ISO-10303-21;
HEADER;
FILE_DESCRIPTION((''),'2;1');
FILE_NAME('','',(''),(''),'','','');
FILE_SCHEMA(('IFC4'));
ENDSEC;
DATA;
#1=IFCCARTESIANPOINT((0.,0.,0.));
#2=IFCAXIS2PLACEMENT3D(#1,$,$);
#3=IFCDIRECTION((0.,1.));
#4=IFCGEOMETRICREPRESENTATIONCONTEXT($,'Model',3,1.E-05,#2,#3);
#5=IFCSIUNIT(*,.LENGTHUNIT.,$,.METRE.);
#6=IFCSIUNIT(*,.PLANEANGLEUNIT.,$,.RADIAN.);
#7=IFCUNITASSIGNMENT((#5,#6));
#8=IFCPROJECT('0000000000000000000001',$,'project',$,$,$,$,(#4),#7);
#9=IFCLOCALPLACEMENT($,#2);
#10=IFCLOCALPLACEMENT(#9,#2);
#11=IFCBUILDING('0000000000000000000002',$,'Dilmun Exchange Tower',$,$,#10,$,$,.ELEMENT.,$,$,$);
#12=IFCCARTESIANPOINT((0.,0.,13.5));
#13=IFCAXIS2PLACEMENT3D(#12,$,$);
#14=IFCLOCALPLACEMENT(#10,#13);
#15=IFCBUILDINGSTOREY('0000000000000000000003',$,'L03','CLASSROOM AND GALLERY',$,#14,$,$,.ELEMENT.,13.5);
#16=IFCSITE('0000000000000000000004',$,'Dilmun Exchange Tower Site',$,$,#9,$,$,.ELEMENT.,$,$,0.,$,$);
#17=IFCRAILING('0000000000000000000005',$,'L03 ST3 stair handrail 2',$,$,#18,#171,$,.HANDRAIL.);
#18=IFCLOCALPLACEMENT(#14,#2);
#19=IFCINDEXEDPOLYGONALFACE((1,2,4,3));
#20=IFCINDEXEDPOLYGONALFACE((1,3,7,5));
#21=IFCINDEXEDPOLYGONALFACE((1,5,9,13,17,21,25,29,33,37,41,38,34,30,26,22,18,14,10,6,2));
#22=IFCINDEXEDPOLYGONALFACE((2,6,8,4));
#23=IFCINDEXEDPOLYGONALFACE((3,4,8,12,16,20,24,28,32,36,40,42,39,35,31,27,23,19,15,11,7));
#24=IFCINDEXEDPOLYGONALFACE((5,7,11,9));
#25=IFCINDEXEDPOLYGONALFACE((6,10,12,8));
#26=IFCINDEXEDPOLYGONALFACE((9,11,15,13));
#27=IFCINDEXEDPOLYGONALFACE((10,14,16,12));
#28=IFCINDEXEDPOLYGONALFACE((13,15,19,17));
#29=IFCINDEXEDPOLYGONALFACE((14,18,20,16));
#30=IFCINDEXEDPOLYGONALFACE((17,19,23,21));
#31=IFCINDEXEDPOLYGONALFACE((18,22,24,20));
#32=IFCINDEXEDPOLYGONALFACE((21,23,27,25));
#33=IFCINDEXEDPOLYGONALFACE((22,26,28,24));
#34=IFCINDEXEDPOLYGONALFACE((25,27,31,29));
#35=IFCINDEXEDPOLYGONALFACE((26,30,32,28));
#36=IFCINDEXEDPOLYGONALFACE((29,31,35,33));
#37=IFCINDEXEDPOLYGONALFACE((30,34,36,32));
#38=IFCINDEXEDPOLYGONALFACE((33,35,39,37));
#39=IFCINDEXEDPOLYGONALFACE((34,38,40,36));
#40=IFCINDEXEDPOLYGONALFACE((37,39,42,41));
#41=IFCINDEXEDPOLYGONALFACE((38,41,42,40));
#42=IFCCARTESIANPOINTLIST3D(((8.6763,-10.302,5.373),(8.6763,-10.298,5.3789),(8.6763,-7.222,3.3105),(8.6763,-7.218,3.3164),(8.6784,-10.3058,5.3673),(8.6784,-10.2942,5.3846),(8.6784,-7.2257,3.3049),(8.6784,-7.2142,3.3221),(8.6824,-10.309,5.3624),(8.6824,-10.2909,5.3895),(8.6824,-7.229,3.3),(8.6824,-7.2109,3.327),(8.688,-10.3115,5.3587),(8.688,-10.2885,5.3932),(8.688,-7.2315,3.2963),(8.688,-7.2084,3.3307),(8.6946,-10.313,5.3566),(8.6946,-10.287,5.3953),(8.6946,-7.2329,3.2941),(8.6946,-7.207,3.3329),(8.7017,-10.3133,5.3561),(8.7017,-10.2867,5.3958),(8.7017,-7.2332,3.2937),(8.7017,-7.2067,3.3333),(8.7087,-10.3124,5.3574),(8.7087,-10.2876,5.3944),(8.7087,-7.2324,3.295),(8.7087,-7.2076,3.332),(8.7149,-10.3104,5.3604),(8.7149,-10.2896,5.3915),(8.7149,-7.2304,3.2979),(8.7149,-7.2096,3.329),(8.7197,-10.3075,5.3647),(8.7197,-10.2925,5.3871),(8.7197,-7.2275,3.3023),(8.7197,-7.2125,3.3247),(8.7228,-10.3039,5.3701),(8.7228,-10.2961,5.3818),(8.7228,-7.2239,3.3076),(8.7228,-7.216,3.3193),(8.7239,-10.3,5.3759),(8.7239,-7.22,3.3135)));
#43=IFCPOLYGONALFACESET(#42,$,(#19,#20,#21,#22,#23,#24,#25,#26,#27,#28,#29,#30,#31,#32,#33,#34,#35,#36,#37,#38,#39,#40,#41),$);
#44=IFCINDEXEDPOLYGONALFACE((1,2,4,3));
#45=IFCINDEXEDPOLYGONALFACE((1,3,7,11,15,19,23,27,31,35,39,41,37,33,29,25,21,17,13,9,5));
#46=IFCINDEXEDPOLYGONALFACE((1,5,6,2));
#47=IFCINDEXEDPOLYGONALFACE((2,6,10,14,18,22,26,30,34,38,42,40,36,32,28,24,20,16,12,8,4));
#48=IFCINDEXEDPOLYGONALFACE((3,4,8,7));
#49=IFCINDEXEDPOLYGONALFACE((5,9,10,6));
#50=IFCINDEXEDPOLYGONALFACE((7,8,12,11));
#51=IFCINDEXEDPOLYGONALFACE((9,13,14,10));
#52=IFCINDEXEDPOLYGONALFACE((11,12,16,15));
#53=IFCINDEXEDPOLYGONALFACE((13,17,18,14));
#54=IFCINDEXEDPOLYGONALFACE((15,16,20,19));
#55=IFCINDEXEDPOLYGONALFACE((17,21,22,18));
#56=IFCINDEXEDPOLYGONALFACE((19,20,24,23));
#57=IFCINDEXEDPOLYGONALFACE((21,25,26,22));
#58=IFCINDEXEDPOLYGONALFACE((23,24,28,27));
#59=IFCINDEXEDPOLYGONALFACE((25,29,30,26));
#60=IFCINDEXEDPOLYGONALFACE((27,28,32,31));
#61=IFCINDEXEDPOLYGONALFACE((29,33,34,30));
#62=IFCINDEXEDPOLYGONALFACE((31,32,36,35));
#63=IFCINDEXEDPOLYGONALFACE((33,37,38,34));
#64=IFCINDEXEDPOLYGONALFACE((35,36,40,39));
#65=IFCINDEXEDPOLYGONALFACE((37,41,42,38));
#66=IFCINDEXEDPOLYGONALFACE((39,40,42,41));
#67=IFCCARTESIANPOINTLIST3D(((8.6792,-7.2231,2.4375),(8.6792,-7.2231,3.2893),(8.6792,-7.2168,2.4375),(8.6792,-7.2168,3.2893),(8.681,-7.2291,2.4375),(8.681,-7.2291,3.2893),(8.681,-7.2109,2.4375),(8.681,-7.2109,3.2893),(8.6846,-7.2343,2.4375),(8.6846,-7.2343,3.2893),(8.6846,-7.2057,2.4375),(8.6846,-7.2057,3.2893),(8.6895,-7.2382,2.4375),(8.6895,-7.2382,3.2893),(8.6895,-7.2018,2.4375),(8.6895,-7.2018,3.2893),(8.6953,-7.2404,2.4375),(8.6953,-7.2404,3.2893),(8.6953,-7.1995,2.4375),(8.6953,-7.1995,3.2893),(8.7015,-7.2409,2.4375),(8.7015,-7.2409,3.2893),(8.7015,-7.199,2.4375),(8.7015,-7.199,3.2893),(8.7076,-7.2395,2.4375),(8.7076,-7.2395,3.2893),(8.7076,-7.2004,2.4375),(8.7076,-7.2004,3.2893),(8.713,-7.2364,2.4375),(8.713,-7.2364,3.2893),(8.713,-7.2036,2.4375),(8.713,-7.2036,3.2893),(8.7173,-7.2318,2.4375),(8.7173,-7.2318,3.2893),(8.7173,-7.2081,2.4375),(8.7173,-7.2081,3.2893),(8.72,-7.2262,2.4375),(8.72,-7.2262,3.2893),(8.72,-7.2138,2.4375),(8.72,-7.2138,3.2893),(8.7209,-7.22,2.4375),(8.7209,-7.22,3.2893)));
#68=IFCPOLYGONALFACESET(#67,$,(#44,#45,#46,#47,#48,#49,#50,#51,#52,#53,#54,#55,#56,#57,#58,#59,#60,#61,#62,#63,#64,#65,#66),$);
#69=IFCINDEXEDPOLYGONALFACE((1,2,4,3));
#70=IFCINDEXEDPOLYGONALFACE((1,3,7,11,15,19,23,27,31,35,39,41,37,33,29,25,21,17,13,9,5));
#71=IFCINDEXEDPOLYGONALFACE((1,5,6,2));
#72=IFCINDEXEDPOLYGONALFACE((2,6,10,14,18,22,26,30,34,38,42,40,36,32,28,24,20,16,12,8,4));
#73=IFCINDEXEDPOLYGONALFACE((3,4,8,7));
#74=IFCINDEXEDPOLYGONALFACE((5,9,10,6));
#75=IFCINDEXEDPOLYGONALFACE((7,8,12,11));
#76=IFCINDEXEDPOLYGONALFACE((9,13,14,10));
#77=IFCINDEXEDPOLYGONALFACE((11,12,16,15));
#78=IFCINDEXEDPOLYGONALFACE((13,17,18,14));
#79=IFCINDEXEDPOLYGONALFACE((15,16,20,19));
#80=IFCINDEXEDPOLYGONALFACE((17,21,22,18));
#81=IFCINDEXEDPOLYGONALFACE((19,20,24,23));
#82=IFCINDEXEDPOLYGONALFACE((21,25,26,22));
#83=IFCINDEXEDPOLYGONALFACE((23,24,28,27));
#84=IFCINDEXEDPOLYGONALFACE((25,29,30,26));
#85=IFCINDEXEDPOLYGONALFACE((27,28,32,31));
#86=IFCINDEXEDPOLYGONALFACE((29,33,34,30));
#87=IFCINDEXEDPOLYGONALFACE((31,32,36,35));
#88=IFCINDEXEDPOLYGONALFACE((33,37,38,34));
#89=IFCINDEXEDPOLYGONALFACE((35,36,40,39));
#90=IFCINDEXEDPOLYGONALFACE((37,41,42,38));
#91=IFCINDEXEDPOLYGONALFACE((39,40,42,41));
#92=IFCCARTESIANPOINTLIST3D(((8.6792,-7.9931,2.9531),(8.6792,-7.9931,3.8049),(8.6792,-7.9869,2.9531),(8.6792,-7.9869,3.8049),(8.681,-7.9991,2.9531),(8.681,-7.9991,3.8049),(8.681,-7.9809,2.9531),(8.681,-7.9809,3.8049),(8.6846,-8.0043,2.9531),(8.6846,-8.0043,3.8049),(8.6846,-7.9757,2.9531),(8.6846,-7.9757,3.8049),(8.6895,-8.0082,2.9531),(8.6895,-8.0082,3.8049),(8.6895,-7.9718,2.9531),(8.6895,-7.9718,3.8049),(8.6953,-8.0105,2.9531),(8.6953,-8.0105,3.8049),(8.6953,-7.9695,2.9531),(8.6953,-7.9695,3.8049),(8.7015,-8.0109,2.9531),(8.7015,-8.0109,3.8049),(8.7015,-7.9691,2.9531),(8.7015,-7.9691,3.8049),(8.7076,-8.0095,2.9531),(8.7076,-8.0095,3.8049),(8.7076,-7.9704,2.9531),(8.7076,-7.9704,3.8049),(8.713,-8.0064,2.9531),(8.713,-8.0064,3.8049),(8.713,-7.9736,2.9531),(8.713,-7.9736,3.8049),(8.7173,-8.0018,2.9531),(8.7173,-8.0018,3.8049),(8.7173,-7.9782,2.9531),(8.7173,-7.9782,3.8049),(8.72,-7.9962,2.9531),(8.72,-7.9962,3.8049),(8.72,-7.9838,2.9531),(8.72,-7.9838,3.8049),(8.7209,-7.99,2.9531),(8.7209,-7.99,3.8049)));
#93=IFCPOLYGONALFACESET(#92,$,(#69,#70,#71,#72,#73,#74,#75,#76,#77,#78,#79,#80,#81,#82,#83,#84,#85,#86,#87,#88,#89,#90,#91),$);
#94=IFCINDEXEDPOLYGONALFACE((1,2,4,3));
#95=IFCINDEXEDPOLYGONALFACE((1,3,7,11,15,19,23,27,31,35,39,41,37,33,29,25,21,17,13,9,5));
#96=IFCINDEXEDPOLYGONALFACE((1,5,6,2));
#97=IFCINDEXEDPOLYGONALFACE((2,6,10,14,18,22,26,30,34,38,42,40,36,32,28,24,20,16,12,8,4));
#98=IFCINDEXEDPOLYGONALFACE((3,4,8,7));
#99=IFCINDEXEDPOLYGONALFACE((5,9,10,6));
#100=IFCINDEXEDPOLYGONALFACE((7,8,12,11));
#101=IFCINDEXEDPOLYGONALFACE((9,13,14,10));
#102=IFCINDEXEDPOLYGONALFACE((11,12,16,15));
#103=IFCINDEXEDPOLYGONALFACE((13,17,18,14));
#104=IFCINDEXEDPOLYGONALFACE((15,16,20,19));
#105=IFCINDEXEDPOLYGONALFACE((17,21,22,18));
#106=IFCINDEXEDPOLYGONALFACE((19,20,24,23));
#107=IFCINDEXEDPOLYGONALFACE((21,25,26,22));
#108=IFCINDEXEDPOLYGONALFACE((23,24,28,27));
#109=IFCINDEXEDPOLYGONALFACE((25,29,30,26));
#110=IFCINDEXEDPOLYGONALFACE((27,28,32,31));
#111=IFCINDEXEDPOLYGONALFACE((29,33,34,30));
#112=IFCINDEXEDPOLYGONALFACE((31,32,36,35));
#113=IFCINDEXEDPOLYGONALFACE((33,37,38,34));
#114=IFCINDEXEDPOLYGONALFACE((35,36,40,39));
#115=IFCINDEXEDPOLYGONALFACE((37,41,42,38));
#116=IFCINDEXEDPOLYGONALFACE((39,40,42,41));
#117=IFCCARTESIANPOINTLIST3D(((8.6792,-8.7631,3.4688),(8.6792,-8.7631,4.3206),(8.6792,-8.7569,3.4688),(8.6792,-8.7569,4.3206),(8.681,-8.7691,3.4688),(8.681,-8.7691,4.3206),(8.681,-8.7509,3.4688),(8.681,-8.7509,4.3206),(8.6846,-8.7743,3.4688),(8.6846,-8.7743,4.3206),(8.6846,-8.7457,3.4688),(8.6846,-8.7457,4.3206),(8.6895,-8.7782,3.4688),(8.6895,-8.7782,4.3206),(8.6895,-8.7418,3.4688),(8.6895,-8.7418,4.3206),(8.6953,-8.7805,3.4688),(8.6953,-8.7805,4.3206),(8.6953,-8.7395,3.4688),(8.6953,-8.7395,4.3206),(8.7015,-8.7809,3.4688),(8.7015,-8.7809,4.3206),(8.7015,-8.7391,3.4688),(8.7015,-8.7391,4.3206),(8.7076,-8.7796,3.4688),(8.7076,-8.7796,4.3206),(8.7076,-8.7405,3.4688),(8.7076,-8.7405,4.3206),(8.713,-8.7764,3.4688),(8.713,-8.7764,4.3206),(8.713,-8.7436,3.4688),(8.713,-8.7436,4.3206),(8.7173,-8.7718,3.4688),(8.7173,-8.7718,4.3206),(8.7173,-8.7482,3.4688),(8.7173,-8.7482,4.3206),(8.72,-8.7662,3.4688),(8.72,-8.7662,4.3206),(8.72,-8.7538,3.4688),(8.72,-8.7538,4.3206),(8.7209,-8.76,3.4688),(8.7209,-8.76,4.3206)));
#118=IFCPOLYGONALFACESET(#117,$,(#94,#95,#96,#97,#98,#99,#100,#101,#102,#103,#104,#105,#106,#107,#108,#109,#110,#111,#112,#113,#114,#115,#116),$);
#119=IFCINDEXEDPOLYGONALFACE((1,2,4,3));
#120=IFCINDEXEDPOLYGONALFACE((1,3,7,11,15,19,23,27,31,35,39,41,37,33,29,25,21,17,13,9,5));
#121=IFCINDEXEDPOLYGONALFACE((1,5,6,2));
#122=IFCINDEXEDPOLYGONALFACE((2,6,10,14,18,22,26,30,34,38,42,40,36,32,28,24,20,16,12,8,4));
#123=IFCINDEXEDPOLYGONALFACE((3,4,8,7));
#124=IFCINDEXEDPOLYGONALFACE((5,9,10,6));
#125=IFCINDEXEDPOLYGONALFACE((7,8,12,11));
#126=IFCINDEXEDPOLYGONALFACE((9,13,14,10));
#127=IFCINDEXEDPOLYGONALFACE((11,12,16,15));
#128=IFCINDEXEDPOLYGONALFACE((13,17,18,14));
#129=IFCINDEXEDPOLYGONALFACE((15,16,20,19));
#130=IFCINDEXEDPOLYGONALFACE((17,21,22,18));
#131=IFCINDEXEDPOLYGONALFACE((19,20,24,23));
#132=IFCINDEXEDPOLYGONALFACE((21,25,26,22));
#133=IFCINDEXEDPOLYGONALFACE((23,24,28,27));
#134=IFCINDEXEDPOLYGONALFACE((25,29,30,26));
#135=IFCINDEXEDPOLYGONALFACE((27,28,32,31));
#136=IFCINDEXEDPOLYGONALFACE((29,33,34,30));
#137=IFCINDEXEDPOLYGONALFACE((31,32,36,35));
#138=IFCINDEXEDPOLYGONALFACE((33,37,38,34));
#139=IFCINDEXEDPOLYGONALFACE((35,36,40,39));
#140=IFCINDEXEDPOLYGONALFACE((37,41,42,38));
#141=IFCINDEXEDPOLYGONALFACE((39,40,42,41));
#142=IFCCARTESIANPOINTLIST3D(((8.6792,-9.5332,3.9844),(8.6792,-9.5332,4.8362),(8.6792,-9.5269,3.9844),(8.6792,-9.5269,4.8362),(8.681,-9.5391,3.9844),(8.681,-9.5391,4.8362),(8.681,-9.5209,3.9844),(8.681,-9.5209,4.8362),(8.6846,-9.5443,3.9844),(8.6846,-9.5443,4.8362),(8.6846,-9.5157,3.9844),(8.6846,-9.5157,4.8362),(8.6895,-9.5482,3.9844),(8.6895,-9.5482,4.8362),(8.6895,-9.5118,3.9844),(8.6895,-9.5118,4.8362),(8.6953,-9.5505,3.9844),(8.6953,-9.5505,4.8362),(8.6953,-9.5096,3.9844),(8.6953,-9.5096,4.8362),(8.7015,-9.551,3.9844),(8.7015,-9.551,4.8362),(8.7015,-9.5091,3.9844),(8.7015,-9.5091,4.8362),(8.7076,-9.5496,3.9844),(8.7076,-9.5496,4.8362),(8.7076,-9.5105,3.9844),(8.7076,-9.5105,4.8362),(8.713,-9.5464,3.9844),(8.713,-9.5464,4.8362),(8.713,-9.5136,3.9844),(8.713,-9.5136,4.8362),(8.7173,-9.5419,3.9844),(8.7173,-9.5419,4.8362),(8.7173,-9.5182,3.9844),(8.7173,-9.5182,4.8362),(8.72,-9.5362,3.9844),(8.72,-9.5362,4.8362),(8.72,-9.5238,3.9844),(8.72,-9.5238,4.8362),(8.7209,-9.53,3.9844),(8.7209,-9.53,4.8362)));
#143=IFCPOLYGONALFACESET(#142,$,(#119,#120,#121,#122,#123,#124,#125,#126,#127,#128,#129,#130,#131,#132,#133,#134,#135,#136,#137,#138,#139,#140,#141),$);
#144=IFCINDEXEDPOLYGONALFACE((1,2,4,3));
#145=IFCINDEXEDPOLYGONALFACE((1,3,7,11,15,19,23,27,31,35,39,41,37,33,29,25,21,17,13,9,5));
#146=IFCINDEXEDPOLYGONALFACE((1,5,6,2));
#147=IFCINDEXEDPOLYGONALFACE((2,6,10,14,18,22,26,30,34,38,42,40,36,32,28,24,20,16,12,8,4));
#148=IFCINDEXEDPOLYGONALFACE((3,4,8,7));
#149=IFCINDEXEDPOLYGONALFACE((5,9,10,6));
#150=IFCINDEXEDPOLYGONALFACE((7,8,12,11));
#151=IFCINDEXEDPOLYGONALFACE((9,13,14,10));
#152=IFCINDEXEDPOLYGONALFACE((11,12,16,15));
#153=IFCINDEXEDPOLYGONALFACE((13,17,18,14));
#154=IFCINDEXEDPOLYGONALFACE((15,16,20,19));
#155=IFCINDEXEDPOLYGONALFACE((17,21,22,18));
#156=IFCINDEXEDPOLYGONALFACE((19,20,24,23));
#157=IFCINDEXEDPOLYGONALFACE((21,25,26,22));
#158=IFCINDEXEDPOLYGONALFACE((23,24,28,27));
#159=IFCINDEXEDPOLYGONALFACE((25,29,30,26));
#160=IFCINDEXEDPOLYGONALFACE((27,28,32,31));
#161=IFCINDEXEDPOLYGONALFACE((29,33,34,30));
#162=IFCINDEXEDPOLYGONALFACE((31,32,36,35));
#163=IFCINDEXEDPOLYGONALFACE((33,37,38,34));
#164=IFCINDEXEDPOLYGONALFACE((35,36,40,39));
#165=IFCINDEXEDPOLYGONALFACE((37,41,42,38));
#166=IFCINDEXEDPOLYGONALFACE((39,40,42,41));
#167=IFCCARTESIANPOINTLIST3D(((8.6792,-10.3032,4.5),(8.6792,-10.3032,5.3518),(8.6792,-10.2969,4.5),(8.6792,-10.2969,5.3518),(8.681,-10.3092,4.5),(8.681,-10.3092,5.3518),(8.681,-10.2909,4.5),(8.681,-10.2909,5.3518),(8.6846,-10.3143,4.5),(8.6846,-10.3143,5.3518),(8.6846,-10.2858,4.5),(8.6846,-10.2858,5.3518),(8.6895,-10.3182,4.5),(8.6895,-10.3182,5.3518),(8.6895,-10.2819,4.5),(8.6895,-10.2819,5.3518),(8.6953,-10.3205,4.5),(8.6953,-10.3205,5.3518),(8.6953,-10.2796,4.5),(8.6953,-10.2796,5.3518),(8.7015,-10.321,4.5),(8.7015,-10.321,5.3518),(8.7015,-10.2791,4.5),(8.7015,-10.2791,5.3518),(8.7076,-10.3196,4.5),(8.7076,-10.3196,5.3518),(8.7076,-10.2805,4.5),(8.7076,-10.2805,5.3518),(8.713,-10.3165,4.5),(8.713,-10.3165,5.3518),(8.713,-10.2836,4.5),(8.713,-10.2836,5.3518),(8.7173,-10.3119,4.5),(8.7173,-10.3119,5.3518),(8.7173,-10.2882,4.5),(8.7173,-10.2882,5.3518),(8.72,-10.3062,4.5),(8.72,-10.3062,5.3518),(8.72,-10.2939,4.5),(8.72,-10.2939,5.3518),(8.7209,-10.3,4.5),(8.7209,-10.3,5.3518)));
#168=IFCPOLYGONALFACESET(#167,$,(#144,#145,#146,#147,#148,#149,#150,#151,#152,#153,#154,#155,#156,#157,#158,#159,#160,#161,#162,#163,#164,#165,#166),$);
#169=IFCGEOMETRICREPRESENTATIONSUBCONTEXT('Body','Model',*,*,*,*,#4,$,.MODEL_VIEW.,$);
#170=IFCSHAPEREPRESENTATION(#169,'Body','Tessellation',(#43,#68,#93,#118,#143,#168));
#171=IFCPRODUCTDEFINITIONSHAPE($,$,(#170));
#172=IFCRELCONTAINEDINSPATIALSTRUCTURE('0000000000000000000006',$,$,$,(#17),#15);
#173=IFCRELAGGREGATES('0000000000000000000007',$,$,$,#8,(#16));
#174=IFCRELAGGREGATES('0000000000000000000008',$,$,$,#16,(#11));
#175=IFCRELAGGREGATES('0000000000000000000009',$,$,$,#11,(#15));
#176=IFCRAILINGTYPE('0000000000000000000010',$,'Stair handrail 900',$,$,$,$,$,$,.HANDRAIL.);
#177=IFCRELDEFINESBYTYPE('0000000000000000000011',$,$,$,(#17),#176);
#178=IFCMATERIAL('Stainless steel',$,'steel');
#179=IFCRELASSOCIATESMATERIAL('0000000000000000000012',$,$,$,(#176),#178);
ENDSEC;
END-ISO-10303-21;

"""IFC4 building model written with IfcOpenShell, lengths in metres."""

from ifc_helpers import new_model, si_unit, direction, frame, origin, origin_2d, place, context, subcontext, project, spatial, circle, extrude, material, type_object, element, save


model = new_model("IFC4")

# Units and contexts
model_context = context("Model", 3, precision=1e-05, world=origin(), true_north=direction((0.0, 1.0)))
body_context = subcontext(model_context, "Body", "Model", "MODEL_VIEW")
ifc_project = project(units=[si_unit("LENGTHUNIT", "METRE"), si_unit("PLANEANGLEUNIT", "RADIAN")], contexts=[model_context])

# Site, building, storey
site_placement = place(None, origin())
site = spatial("IfcSite", under=ifc_project, at=site_placement, Name="Dilmun Exchange Tower Site", CompositionType="ELEMENT", RefElevation=0.0)
building_placement = place(site_placement, origin())
building = spatial("IfcBuilding", under=site, at=building_placement, Name="Dilmun Exchange Tower", CompositionType="ELEMENT")
storey_placement = place(building_placement, frame((0.0, 0.0, 13.5)))
storey = spatial("IfcBuildingStorey", under=building, at=storey_placement, Name="L03", Description="CLASSROOM AND GALLERY", CompositionType="ELEMENT", Elevation=13.5)

# Railing
ifc_material_1 = material(Name="Stainless steel", Category="steel")
railing_type_1 = type_object("IfcRailingType", Name="Stair handrail 900", PredefinedType="HANDRAIL", material=ifc_material_1)
railing_1_placement = place(storey_placement, frame((8.7, -7.22, 2.4375)))
element("IfcRailing", 1, at=railing_1_placement, inside=storey, type_object=railing_type_1, Name="L03 ST3 stair handrail 2", PredefinedType="HANDRAIL", context=body_context, shape_type="SweptSolid", body=[
    extrude(circle(Radius=0.0239, at=origin_2d()), frame((0.0, 0.0, 0.876), z_axis=(0.0, -0.830914, 0.556401), x_axis=(1.0, 0.0, 0.0)), (0.0, 0.0, 1.0), 3.7068),
    extrude(circle(Radius=0.021, at=origin_2d()), origin(), (0.0, 0.0, 1.0), 0.8518),
    extrude(circle(Radius=0.021, at=origin_2d()), frame((0.0, -0.77, 0.5156)), (0.0, 0.0, 1.0), 0.8518),
    extrude(circle(Radius=0.021, at=origin_2d()), frame((0.0, -1.54, 1.0312)), (0.0, 0.0, 1.0), 0.8518),
    extrude(circle(Radius=0.021, at=origin_2d()), frame((0.0, -2.3101, 1.5469)), (0.0, 0.0, 1.0), 0.8518),
    extrude(circle(Radius=0.021, at=origin_2d()), frame((0.0, -3.0801, 2.0625)), (0.0, 0.0, 1.0), 0.8518),
])

save(model, "model.ifc")
